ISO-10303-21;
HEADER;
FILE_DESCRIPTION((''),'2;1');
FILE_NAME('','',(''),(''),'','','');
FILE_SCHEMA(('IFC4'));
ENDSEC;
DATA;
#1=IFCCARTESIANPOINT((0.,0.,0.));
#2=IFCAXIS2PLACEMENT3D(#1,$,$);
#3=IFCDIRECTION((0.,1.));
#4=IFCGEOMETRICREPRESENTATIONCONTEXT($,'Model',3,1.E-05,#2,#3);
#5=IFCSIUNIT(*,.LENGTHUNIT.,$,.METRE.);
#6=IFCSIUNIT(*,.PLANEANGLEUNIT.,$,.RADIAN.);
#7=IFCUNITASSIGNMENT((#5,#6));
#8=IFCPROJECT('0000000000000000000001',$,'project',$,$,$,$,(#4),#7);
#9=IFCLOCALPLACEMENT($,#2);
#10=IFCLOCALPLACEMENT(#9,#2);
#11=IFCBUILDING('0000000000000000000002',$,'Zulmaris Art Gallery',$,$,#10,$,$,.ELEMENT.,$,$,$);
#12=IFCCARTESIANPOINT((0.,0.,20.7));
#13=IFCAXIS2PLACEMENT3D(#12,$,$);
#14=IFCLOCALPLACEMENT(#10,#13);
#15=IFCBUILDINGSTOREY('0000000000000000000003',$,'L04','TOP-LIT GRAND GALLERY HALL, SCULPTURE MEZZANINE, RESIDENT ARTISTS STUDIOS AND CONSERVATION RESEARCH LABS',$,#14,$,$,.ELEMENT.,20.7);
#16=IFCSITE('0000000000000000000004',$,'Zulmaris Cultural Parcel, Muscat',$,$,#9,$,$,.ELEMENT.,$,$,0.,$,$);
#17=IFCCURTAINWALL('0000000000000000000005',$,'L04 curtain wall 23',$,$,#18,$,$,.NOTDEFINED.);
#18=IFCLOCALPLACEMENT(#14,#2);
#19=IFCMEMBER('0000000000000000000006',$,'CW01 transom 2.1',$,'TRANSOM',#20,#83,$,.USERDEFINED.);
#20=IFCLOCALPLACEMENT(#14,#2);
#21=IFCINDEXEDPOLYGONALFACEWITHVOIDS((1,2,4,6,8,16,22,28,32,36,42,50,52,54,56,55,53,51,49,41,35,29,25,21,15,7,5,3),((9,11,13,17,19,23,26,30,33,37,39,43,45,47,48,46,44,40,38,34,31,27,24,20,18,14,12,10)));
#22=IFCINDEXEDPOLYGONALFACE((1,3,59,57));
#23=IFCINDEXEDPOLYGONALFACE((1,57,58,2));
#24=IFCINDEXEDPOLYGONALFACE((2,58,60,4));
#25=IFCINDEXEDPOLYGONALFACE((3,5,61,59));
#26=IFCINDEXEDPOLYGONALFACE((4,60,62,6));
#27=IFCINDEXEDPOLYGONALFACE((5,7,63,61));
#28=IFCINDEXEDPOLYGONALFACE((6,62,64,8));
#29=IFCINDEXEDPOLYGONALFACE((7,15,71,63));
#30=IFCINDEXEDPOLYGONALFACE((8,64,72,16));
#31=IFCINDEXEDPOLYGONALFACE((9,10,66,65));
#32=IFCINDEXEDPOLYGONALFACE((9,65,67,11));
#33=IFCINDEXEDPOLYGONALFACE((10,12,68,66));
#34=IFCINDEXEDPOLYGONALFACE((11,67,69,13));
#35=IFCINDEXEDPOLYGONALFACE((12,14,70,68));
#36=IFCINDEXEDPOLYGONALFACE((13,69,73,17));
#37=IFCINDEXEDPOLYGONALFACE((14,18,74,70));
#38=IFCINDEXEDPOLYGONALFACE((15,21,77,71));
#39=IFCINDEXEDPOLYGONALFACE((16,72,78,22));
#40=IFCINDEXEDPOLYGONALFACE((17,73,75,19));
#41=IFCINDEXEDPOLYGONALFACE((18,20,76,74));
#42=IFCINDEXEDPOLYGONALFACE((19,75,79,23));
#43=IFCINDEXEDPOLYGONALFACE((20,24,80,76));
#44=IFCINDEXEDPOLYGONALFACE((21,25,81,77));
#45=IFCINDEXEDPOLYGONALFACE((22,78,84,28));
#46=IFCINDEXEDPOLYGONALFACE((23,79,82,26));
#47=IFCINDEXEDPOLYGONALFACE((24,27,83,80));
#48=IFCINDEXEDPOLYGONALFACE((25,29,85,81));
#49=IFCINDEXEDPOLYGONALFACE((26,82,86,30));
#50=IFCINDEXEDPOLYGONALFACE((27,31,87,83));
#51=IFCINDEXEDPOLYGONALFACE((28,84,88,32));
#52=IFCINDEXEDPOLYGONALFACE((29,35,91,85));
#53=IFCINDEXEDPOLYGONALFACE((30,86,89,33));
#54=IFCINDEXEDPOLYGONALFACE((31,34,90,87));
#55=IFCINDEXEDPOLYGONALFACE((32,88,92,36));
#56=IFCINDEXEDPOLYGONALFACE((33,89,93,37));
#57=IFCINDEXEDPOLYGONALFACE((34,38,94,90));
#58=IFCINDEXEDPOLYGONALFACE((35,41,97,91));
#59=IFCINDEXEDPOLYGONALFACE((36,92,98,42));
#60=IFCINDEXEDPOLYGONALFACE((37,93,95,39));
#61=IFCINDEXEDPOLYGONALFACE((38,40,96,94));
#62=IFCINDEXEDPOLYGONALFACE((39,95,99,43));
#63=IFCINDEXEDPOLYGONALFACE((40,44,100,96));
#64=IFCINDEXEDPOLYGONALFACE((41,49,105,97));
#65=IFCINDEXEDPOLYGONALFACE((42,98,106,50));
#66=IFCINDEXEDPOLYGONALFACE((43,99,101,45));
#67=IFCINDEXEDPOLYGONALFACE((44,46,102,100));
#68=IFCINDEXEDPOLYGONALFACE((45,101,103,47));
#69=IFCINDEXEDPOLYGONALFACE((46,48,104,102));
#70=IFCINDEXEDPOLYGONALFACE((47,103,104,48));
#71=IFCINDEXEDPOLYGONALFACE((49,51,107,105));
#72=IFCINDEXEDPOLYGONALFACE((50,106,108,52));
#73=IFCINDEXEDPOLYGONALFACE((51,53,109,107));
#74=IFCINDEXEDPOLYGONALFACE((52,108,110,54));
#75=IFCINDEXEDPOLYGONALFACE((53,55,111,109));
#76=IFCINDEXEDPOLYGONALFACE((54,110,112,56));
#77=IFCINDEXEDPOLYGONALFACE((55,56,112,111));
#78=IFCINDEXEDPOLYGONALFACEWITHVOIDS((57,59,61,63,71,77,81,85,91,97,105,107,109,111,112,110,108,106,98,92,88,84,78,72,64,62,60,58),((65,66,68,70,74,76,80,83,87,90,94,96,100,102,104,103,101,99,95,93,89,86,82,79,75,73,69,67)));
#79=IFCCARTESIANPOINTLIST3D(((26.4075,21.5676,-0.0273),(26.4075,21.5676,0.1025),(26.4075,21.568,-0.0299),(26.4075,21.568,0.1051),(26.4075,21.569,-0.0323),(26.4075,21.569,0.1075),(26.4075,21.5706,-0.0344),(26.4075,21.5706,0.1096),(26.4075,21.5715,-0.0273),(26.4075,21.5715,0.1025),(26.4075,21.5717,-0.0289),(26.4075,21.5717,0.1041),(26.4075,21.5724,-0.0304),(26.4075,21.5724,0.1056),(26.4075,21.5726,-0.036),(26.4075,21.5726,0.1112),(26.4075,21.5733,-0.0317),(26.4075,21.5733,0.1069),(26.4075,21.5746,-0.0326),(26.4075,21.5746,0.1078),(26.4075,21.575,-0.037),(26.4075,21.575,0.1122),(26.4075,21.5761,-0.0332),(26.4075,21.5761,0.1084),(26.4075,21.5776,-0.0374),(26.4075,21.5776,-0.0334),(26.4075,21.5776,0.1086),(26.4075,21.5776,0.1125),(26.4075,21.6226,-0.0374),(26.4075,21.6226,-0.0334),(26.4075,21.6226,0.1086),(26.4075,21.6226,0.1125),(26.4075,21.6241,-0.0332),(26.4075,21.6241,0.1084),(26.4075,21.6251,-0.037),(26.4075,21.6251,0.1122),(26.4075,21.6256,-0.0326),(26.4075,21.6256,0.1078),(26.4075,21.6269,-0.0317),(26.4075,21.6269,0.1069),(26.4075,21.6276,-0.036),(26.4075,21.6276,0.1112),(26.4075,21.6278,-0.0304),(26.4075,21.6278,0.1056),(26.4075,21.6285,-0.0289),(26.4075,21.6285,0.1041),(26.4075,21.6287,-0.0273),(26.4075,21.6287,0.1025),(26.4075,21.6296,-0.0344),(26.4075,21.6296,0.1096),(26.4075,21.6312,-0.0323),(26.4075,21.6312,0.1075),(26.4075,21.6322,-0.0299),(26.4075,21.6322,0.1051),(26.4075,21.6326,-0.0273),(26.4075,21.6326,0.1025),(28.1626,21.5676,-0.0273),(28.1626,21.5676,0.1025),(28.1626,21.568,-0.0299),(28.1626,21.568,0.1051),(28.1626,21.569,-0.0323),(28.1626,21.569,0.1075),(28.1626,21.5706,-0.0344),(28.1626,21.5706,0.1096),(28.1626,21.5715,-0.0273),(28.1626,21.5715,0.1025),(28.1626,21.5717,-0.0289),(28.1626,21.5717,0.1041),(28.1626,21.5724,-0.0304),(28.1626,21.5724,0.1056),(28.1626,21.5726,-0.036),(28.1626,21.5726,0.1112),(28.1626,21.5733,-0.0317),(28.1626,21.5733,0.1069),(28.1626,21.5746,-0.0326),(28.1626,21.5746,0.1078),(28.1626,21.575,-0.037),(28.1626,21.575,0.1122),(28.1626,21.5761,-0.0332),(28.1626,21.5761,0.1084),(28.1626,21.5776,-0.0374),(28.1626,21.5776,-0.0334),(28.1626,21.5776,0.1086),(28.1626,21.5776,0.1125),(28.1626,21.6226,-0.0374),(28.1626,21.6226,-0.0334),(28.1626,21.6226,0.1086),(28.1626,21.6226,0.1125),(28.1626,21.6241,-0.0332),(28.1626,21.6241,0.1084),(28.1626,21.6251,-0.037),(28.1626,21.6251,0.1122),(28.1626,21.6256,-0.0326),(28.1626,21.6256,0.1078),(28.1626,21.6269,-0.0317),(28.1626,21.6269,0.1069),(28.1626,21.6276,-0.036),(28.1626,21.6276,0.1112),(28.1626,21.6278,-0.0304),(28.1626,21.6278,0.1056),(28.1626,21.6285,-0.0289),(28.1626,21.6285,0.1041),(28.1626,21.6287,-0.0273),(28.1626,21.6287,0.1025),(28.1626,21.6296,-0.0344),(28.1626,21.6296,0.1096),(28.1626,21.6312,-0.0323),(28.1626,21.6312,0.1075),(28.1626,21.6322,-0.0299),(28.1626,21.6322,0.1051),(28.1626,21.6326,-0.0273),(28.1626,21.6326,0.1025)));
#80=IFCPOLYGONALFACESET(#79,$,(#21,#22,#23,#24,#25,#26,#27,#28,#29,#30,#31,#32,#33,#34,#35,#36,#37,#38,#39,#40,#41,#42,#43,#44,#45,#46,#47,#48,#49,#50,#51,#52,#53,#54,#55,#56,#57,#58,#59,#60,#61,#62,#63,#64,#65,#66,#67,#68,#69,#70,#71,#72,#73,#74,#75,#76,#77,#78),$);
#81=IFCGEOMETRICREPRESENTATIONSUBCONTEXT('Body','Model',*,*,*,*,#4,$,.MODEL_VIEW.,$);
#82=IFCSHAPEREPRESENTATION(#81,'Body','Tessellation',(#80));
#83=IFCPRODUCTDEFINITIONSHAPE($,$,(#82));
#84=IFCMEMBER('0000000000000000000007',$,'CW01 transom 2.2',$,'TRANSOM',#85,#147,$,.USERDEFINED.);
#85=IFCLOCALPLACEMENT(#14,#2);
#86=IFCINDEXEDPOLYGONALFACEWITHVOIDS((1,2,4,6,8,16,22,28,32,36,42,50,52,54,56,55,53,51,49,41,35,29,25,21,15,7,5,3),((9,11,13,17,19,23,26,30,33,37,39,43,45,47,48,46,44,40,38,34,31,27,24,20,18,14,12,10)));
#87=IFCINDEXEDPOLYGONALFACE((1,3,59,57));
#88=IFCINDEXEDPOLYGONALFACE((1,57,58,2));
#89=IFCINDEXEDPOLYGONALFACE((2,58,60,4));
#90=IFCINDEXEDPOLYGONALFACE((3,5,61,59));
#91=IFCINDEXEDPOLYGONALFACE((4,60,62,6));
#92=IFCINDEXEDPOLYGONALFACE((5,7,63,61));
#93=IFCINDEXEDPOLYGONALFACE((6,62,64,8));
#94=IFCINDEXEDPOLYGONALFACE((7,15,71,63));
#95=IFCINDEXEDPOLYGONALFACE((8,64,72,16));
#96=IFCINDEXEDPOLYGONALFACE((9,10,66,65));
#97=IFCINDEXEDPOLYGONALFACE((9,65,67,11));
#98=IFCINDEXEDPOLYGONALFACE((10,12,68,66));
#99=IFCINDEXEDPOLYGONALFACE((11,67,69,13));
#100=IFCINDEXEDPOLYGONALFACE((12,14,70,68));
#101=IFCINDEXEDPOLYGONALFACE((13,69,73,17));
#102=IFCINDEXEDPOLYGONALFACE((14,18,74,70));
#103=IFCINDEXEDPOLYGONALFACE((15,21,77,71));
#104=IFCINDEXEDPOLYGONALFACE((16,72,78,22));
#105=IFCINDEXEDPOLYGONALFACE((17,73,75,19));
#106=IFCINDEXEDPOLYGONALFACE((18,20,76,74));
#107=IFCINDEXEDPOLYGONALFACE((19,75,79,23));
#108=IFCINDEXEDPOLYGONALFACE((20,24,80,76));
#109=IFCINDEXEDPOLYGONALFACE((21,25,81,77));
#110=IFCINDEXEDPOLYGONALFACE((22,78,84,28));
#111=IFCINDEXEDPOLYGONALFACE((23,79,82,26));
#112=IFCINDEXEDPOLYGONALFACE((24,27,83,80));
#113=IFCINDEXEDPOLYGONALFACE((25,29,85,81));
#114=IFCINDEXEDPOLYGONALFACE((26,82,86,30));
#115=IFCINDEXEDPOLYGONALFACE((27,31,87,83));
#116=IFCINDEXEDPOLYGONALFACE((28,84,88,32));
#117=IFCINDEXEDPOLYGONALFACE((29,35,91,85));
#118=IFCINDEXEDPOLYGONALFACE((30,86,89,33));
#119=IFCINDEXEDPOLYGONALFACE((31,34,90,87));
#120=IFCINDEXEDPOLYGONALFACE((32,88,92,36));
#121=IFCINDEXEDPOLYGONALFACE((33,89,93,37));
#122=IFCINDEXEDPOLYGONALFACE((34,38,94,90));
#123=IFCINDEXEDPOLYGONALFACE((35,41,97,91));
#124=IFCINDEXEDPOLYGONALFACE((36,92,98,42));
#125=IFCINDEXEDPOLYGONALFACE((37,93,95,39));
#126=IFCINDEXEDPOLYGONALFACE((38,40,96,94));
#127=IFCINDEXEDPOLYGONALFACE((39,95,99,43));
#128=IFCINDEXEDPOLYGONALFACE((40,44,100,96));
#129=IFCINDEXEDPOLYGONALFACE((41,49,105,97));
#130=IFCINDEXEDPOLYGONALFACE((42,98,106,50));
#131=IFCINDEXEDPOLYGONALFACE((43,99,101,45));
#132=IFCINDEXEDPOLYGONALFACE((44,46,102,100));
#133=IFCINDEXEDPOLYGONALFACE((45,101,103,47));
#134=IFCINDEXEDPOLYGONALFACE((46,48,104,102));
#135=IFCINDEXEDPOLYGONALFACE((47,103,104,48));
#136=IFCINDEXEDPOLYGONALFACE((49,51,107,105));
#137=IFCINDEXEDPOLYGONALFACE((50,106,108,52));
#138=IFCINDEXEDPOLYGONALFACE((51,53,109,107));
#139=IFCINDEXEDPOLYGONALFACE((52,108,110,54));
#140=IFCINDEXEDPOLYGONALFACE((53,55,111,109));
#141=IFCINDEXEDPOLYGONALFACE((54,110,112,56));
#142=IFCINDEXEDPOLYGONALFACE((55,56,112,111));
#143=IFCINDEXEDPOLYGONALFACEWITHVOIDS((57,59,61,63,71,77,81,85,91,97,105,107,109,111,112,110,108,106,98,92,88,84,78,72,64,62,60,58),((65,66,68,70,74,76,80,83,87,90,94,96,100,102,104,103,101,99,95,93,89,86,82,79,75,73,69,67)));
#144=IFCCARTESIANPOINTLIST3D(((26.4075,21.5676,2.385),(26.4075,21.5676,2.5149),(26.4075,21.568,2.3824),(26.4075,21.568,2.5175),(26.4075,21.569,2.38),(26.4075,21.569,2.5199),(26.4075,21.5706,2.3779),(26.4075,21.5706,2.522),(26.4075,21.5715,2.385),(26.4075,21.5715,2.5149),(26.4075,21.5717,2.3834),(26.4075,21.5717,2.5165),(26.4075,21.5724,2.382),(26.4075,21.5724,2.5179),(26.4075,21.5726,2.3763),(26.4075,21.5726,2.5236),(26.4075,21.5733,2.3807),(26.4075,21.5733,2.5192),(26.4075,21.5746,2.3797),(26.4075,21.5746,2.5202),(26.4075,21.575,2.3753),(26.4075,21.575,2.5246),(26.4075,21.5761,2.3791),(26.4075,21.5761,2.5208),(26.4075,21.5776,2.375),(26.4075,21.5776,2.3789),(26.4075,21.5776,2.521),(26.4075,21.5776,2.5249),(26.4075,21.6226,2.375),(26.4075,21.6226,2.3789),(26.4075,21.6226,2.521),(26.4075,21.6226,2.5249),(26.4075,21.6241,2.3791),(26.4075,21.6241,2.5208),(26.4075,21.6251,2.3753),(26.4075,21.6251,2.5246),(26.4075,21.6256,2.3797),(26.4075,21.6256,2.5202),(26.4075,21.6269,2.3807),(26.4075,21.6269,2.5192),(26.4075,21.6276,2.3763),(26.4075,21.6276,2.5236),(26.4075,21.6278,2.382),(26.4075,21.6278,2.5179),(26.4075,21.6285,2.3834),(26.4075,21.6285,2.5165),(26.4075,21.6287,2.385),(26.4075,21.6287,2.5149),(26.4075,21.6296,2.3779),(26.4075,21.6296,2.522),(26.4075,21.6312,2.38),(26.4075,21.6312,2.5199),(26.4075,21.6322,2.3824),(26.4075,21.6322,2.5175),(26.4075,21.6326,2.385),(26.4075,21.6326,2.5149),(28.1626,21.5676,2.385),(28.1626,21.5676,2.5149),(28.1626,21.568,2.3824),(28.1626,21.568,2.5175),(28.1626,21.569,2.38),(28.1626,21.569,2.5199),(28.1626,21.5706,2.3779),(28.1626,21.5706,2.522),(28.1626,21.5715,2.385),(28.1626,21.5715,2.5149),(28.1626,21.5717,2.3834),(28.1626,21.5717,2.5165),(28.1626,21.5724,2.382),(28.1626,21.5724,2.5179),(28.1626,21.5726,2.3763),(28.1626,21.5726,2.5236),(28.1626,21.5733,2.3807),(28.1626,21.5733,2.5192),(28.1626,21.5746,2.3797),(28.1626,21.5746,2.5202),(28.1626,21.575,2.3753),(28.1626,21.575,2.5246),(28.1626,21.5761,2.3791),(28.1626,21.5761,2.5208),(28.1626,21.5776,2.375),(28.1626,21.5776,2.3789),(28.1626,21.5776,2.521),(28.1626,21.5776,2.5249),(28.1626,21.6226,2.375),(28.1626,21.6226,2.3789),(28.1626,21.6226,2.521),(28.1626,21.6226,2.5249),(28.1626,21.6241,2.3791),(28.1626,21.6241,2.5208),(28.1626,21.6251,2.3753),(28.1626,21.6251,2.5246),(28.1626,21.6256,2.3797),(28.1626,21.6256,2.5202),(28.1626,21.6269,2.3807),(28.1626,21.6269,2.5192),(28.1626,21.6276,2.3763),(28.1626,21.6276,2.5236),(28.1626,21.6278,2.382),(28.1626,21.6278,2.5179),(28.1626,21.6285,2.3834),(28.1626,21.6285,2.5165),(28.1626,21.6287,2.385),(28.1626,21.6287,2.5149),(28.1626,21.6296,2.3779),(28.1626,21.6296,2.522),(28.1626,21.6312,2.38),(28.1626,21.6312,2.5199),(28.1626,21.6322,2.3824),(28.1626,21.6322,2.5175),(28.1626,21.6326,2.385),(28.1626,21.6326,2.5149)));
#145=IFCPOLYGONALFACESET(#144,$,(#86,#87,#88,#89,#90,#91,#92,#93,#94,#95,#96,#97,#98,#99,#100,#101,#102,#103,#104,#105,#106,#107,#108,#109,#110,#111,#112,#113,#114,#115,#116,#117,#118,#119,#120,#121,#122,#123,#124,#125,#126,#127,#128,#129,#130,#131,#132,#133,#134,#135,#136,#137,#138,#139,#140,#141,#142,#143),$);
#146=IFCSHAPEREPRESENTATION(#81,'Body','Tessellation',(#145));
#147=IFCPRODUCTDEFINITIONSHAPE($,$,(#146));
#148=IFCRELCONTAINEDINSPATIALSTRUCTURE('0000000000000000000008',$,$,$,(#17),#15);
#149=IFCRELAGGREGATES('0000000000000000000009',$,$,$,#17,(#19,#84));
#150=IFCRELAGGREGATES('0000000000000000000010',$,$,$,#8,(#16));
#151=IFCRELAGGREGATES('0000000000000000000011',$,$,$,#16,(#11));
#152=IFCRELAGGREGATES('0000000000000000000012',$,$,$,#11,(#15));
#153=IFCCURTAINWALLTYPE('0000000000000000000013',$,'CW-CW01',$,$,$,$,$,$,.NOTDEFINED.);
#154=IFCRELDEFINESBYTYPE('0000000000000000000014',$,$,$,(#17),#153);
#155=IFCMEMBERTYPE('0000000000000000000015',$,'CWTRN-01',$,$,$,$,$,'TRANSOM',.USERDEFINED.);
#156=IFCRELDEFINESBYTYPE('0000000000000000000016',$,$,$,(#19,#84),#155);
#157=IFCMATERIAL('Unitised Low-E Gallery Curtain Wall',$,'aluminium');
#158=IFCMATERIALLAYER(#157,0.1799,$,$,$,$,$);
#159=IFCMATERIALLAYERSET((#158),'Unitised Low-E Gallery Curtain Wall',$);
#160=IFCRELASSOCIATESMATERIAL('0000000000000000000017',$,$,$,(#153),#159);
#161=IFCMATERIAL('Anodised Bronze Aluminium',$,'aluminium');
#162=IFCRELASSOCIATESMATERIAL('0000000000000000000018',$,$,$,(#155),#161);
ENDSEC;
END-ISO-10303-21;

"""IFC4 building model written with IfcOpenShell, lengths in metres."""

from ifc_helpers import new_model, si_unit, direction, frame, origin, origin_2d, place, context, subcontext, project, spatial, hollow_rectangle, extrude, material, layer, layer_set, material_profile, profile_set, type_object, element, aggregate, save


model = new_model("IFC4")

# Units and contexts
model_context = context("Model", 3, precision=1e-05, world=origin(), true_north=direction((0.0, 1.0)))
body_context = subcontext(model_context, "Body", "Model", "MODEL_VIEW")
ifc_project = project(units=[si_unit("LENGTHUNIT", "METRE"), si_unit("PLANEANGLEUNIT", "RADIAN")], contexts=[model_context])

# Site, building, storey
site_placement = place(None, origin())
site = spatial("IfcSite", under=ifc_project, at=site_placement, Name="Zulmaris Cultural Parcel, Muscat", CompositionType="ELEMENT", RefElevation=0.0)
building_placement = place(site_placement, origin())
building = spatial("IfcBuilding", under=site, at=building_placement, Name="Zulmaris Art Gallery", CompositionType="ELEMENT")
storey_placement = place(building_placement, frame((0.0, 0.0, 20.7)))
storey = spatial("IfcBuildingStorey", under=building, at=storey_placement, Name="L04", Description="TOP-LIT GRAND GALLERY HALL, SCULPTURE MEZZANINE, RESIDENT ARTISTS STUDIOS AND CONSERVATION RESEARCH LABS", CompositionType="ELEMENT", Elevation=20.7)

# Curtain wall
ifc_material_1 = material(Name="Unitised Low-E Gallery Curtain Wall", Category="aluminium")
ifc_layer_1 = layer(ifc_material_1, 0.1799)
ifc_layer_set_1 = layer_set([ifc_layer_1], Name="Unitised Low-E Gallery Curtain Wall")
curtain_wall_type_1 = type_object("IfcCurtainWallType", Name="CW-CW01", PredefinedType="NOTDEFINED", material=ifc_layer_set_1)
curtain_wall_1_placement = place(storey_placement, origin())
curtain_wall_1 = element("IfcCurtainWall", 1, at=curtain_wall_1_placement, inside=storey, type_object=curtain_wall_type_1, Name="L04 curtain wall 23", PredefinedType="NOTDEFINED")
ifc_material_2 = material(Name="Anodised Bronze Aluminium", Category="aluminium")

# Members
ifc_material_profile_1 = material_profile(ifc_material_2, hollow_rectangle(XDim=0.0649, YDim=0.1499, WallThickness=0.0039, InnerFilletRadius=0.0061, OuterFilletRadius=0.01, at=origin_2d()), Name="ALU 65x150x4")
ifc_profile_set_1 = profile_set([ifc_material_profile_1], Name="Anodised Bronze Aluminium")
member_type_1 = type_object("IfcMemberType", Name="CWTRN-01", ElementType="TRANSOM", PredefinedType="USERDEFINED", material=ifc_profile_set_1)
member_1_placement = place(storey_placement, frame((26.4075, 21.6001, 0.0376), z_axis=(1.0, 0.0, 0.0), x_axis=(0.0, 1.0, 0.0)))
member_1 = element("IfcMember", 2, at=member_1_placement, type_object=member_type_1, Name="CW01 transom 2.1", ObjectType="TRANSOM", PredefinedType="USERDEFINED", context=body_context, shape_type="SweptSolid", body=[
    extrude(hollow_rectangle(XDim=0.0649, YDim=0.1499, WallThickness=0.0039, InnerFilletRadius=0.0061, OuterFilletRadius=0.01, at=origin_2d()), origin(), (0.0, 0.0, 1.0), 1.7551),
])
member_2_placement = place(storey_placement, frame((26.4075, 21.6001, 2.45), z_axis=(1.0, 0.0, 0.0), x_axis=(0.0, 1.0, 0.0)))
member_2 = element("IfcMember", 3, at=member_2_placement, type_object=member_type_1, Name="CW01 transom 2.2", ObjectType="TRANSOM", PredefinedType="USERDEFINED", context=body_context, shape_type="SweptSolid", body=[
    extrude(hollow_rectangle(XDim=0.0649, YDim=0.1499, WallThickness=0.0039, InnerFilletRadius=0.0061, OuterFilletRadius=0.01, at=origin_2d()), origin(), (0.0, 0.0, 1.0), 1.7551),
])

aggregate(curtain_wall_1, [member_1, member_2])

save(model, "model.ifc")
